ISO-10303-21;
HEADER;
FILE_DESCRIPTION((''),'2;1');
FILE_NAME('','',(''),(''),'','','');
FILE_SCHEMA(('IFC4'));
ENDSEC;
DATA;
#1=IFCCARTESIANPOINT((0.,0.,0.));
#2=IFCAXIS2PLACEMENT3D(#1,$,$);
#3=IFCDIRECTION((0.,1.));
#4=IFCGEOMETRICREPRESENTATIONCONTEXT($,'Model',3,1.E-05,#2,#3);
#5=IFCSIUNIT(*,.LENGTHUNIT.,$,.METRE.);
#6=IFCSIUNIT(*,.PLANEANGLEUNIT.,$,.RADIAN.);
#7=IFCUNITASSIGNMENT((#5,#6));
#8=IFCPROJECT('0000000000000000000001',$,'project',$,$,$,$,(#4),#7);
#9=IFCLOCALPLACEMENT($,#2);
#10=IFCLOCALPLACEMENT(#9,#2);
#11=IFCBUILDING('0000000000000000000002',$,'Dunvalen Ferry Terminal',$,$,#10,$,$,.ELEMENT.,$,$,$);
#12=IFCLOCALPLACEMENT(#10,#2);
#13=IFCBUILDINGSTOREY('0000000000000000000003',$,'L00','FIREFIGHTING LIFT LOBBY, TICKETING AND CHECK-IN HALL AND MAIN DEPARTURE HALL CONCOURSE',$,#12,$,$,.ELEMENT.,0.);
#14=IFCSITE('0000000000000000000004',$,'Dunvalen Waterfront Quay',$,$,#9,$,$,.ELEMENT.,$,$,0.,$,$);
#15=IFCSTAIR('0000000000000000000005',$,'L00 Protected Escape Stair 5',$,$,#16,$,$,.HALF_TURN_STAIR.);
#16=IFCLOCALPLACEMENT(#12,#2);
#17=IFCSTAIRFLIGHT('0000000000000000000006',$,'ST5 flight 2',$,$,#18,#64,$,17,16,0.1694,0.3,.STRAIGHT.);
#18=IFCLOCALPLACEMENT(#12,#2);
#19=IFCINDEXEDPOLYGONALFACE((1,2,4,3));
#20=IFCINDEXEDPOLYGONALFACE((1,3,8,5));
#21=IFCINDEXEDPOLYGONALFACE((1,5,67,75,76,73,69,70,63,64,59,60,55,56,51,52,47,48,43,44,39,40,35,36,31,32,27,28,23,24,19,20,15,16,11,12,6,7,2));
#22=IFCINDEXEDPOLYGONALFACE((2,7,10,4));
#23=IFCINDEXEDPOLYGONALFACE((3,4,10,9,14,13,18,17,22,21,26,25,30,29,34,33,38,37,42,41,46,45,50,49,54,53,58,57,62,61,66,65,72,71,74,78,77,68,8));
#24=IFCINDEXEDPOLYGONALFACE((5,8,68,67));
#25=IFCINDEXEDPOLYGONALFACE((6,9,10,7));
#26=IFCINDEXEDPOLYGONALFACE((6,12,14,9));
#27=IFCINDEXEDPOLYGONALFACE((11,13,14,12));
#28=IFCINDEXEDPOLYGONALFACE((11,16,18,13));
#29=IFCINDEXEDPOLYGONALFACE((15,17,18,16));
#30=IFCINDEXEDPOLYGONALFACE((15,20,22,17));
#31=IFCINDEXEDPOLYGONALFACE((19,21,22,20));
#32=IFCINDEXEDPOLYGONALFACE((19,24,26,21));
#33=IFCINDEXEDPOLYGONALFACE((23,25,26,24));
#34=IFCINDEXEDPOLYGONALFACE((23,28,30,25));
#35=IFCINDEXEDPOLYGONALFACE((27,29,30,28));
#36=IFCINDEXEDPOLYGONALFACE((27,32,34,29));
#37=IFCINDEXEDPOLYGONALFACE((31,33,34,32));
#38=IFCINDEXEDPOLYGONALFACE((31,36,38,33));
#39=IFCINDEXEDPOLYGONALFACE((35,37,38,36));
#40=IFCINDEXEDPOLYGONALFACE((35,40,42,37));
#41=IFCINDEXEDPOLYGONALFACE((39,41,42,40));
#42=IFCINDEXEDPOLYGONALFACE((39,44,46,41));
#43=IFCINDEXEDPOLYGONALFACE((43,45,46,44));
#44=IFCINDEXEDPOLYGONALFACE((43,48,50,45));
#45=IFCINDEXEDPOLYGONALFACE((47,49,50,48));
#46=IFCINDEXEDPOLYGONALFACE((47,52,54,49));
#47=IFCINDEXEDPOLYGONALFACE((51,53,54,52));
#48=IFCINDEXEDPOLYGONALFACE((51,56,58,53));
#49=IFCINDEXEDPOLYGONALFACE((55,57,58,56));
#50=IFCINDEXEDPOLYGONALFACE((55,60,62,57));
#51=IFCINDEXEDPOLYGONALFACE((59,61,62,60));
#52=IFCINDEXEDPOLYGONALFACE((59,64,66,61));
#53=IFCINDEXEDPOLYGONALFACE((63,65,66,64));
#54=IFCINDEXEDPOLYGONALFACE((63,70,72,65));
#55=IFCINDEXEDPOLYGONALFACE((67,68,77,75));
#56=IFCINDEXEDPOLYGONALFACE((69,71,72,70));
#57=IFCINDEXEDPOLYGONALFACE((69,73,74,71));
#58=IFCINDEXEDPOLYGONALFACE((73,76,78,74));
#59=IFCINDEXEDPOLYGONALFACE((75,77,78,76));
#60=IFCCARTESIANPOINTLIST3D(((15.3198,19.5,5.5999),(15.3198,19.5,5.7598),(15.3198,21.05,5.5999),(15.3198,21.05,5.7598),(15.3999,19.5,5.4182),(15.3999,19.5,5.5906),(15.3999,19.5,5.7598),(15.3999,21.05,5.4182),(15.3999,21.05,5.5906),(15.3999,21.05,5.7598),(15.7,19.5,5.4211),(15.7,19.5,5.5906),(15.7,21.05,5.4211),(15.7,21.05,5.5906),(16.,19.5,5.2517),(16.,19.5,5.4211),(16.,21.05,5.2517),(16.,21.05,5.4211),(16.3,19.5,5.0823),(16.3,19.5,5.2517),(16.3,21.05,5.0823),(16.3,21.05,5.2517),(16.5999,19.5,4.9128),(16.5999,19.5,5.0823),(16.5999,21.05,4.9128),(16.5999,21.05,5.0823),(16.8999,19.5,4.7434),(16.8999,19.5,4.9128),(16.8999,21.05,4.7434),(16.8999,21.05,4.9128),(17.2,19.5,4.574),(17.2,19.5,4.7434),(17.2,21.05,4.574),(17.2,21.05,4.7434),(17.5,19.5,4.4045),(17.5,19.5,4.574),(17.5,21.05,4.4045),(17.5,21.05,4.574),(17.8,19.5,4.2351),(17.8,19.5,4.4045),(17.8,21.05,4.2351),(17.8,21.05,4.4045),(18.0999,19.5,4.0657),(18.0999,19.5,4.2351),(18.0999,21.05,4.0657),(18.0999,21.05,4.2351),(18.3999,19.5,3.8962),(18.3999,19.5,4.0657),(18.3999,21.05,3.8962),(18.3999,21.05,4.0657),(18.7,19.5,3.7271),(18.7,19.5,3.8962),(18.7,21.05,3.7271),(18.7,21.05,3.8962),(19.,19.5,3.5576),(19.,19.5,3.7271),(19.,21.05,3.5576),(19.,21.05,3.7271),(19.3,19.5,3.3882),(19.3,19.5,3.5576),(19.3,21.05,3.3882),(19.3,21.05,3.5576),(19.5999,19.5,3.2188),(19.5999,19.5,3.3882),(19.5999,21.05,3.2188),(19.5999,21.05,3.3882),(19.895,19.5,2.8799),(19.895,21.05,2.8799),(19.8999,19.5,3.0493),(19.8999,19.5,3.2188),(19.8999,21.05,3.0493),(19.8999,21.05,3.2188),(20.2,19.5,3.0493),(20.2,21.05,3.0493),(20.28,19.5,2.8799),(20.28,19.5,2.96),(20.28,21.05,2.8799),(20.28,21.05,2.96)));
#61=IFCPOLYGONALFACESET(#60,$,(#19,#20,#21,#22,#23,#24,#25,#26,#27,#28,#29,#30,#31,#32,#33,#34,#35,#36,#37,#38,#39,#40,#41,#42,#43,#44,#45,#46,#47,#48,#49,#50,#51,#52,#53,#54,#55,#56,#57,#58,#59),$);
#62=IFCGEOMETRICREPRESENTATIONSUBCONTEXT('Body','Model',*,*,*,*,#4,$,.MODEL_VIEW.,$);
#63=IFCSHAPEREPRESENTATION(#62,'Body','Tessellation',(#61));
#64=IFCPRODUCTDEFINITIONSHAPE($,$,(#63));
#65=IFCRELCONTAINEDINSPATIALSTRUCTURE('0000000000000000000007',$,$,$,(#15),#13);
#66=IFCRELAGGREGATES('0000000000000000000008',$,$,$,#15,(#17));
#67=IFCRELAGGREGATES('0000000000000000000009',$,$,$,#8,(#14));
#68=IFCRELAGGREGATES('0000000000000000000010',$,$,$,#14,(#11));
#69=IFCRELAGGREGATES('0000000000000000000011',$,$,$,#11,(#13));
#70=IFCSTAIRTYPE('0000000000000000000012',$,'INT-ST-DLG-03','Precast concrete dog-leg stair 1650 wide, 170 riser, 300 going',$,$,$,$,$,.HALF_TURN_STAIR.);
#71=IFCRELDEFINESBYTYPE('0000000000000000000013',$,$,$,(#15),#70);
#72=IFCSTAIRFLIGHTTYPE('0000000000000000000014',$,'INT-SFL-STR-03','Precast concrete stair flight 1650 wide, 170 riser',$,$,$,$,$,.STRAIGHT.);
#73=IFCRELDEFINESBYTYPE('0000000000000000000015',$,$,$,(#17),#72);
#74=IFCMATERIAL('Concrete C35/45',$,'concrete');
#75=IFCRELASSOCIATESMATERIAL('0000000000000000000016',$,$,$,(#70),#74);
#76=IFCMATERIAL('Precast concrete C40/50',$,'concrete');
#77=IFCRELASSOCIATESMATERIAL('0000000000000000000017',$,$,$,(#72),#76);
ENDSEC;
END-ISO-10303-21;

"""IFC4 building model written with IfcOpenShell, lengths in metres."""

from ifc_helpers import new_model, si_unit, direction, frame, origin, place, context, subcontext, project, spatial, polyline, outline, extrude, material, type_object, element, aggregate, save


model = new_model("IFC4")

# Units and contexts
model_context = context("Model", 3, precision=1e-05, world=origin(), true_north=direction((0.0, 1.0)))
body_context = subcontext(model_context, "Body", "Model", "MODEL_VIEW")
ifc_project = project(units=[si_unit("LENGTHUNIT", "METRE"), si_unit("PLANEANGLEUNIT", "RADIAN")], contexts=[model_context])

# Site, building, storey
site_placement = place(None, origin())
site = spatial("IfcSite", under=ifc_project, at=site_placement, Name="Dunvalen Waterfront Quay", CompositionType="ELEMENT", RefElevation=0.0)
building_placement = place(site_placement, origin())
building = spatial("IfcBuilding", under=site, at=building_placement, Name="Dunvalen Ferry Terminal", CompositionType="ELEMENT")
storey_placement = place(building_placement, origin())
storey = spatial("IfcBuildingStorey", under=building, at=storey_placement, Name="L00", Description="FIREFIGHTING LIFT LOBBY, TICKETING AND CHECK-IN HALL AND MAIN DEPARTURE HALL CONCOURSE", CompositionType="ELEMENT", Elevation=0.0)

# Shared definitions
ifc_material_1 = material(Name="Concrete C35/45", Category="concrete")

# Stair, stair flight
stair_type = type_object("IfcStairType", Name="INT-ST-DLG-03", Description="Precast concrete dog-leg stair 1650 wide, 170 riser, 300 going", PredefinedType="HALF_TURN_STAIR", material=ifc_material_1)
stair_placement = place(storey_placement, origin())
stair = element("IfcStair", 1, at=stair_placement, inside=storey, type_object=stair_type, Name="L00 Protected Escape Stair 5", PredefinedType="HALF_TURN_STAIR")
ifc_material_2 = material(Name="Precast concrete C40/50", Category="concrete")
stair_flight_type = type_object("IfcStairFlightType", Name="INT-SFL-STR-03", Description="Precast concrete stair flight 1650 wide, 170 riser", PredefinedType="STRAIGHT", material=ifc_material_2)
stair_flight_1_placement = place(storey_placement, frame((20.2, 20.2749, 2.8799), z_axis=(0.0, 0.0, 1.0), x_axis=(-1.0, 0.0, 0.0)))
stair_flight_1 = element("IfcStairFlight", 2, at=stair_flight_1_placement, type_object=stair_flight_type, Name="ST5 flight 2", NumberOfRisers=17, NumberOfTreads=16, PredefinedType="STRAIGHT", RiserHeight=0.1694, TreadLength=0.3, context=body_context, shape_type="SweptSolid", body=[
    extrude(outline(polyline([(-0.0801, 0.0), (-0.0801, 0.0801), (0.0, 0.1694), (0.3, 0.1694), (0.3, 0.3389), (0.6001, 0.3389), (0.6001, 0.5083), (0.8999, 0.5083), (0.8999, 0.6777), (1.2, 0.6777), (1.2, 0.8472), (1.5, 0.8472), (1.5, 1.0164), (1.8, 1.0164), (1.8, 1.1858), (2.1001, 1.1858), (2.1001, 1.3552), (2.3999, 1.3552), (2.3999, 1.5247), (2.7, 1.5247), (2.7, 1.6941), (3.0, 1.6941), (3.0, 1.8635), (3.3, 1.8635), (3.3, 2.033), (3.6001, 2.033), (3.6001, 2.2024), (3.8999, 2.2024), (3.8999, 2.3718), (4.2, 2.3718), (4.2, 2.5413), (4.5, 2.5413), (4.5, 2.7107), (4.8, 2.7107), (4.8, 2.8799), (4.8801, 2.8799), (4.8801, 2.72), (4.8, 2.5383), (0.3049, 0.0), (-0.0801, 0.0)])), frame((0.0, 0.7749, 0.0), z_axis=(0.0, -1.0, 0.0), x_axis=(1.0, 0.0, 0.0)), (0.0, 0.0, 1.0), 1.55),
])
aggregate(stair, [stair_flight_1])

save(model, "model.ifc")
